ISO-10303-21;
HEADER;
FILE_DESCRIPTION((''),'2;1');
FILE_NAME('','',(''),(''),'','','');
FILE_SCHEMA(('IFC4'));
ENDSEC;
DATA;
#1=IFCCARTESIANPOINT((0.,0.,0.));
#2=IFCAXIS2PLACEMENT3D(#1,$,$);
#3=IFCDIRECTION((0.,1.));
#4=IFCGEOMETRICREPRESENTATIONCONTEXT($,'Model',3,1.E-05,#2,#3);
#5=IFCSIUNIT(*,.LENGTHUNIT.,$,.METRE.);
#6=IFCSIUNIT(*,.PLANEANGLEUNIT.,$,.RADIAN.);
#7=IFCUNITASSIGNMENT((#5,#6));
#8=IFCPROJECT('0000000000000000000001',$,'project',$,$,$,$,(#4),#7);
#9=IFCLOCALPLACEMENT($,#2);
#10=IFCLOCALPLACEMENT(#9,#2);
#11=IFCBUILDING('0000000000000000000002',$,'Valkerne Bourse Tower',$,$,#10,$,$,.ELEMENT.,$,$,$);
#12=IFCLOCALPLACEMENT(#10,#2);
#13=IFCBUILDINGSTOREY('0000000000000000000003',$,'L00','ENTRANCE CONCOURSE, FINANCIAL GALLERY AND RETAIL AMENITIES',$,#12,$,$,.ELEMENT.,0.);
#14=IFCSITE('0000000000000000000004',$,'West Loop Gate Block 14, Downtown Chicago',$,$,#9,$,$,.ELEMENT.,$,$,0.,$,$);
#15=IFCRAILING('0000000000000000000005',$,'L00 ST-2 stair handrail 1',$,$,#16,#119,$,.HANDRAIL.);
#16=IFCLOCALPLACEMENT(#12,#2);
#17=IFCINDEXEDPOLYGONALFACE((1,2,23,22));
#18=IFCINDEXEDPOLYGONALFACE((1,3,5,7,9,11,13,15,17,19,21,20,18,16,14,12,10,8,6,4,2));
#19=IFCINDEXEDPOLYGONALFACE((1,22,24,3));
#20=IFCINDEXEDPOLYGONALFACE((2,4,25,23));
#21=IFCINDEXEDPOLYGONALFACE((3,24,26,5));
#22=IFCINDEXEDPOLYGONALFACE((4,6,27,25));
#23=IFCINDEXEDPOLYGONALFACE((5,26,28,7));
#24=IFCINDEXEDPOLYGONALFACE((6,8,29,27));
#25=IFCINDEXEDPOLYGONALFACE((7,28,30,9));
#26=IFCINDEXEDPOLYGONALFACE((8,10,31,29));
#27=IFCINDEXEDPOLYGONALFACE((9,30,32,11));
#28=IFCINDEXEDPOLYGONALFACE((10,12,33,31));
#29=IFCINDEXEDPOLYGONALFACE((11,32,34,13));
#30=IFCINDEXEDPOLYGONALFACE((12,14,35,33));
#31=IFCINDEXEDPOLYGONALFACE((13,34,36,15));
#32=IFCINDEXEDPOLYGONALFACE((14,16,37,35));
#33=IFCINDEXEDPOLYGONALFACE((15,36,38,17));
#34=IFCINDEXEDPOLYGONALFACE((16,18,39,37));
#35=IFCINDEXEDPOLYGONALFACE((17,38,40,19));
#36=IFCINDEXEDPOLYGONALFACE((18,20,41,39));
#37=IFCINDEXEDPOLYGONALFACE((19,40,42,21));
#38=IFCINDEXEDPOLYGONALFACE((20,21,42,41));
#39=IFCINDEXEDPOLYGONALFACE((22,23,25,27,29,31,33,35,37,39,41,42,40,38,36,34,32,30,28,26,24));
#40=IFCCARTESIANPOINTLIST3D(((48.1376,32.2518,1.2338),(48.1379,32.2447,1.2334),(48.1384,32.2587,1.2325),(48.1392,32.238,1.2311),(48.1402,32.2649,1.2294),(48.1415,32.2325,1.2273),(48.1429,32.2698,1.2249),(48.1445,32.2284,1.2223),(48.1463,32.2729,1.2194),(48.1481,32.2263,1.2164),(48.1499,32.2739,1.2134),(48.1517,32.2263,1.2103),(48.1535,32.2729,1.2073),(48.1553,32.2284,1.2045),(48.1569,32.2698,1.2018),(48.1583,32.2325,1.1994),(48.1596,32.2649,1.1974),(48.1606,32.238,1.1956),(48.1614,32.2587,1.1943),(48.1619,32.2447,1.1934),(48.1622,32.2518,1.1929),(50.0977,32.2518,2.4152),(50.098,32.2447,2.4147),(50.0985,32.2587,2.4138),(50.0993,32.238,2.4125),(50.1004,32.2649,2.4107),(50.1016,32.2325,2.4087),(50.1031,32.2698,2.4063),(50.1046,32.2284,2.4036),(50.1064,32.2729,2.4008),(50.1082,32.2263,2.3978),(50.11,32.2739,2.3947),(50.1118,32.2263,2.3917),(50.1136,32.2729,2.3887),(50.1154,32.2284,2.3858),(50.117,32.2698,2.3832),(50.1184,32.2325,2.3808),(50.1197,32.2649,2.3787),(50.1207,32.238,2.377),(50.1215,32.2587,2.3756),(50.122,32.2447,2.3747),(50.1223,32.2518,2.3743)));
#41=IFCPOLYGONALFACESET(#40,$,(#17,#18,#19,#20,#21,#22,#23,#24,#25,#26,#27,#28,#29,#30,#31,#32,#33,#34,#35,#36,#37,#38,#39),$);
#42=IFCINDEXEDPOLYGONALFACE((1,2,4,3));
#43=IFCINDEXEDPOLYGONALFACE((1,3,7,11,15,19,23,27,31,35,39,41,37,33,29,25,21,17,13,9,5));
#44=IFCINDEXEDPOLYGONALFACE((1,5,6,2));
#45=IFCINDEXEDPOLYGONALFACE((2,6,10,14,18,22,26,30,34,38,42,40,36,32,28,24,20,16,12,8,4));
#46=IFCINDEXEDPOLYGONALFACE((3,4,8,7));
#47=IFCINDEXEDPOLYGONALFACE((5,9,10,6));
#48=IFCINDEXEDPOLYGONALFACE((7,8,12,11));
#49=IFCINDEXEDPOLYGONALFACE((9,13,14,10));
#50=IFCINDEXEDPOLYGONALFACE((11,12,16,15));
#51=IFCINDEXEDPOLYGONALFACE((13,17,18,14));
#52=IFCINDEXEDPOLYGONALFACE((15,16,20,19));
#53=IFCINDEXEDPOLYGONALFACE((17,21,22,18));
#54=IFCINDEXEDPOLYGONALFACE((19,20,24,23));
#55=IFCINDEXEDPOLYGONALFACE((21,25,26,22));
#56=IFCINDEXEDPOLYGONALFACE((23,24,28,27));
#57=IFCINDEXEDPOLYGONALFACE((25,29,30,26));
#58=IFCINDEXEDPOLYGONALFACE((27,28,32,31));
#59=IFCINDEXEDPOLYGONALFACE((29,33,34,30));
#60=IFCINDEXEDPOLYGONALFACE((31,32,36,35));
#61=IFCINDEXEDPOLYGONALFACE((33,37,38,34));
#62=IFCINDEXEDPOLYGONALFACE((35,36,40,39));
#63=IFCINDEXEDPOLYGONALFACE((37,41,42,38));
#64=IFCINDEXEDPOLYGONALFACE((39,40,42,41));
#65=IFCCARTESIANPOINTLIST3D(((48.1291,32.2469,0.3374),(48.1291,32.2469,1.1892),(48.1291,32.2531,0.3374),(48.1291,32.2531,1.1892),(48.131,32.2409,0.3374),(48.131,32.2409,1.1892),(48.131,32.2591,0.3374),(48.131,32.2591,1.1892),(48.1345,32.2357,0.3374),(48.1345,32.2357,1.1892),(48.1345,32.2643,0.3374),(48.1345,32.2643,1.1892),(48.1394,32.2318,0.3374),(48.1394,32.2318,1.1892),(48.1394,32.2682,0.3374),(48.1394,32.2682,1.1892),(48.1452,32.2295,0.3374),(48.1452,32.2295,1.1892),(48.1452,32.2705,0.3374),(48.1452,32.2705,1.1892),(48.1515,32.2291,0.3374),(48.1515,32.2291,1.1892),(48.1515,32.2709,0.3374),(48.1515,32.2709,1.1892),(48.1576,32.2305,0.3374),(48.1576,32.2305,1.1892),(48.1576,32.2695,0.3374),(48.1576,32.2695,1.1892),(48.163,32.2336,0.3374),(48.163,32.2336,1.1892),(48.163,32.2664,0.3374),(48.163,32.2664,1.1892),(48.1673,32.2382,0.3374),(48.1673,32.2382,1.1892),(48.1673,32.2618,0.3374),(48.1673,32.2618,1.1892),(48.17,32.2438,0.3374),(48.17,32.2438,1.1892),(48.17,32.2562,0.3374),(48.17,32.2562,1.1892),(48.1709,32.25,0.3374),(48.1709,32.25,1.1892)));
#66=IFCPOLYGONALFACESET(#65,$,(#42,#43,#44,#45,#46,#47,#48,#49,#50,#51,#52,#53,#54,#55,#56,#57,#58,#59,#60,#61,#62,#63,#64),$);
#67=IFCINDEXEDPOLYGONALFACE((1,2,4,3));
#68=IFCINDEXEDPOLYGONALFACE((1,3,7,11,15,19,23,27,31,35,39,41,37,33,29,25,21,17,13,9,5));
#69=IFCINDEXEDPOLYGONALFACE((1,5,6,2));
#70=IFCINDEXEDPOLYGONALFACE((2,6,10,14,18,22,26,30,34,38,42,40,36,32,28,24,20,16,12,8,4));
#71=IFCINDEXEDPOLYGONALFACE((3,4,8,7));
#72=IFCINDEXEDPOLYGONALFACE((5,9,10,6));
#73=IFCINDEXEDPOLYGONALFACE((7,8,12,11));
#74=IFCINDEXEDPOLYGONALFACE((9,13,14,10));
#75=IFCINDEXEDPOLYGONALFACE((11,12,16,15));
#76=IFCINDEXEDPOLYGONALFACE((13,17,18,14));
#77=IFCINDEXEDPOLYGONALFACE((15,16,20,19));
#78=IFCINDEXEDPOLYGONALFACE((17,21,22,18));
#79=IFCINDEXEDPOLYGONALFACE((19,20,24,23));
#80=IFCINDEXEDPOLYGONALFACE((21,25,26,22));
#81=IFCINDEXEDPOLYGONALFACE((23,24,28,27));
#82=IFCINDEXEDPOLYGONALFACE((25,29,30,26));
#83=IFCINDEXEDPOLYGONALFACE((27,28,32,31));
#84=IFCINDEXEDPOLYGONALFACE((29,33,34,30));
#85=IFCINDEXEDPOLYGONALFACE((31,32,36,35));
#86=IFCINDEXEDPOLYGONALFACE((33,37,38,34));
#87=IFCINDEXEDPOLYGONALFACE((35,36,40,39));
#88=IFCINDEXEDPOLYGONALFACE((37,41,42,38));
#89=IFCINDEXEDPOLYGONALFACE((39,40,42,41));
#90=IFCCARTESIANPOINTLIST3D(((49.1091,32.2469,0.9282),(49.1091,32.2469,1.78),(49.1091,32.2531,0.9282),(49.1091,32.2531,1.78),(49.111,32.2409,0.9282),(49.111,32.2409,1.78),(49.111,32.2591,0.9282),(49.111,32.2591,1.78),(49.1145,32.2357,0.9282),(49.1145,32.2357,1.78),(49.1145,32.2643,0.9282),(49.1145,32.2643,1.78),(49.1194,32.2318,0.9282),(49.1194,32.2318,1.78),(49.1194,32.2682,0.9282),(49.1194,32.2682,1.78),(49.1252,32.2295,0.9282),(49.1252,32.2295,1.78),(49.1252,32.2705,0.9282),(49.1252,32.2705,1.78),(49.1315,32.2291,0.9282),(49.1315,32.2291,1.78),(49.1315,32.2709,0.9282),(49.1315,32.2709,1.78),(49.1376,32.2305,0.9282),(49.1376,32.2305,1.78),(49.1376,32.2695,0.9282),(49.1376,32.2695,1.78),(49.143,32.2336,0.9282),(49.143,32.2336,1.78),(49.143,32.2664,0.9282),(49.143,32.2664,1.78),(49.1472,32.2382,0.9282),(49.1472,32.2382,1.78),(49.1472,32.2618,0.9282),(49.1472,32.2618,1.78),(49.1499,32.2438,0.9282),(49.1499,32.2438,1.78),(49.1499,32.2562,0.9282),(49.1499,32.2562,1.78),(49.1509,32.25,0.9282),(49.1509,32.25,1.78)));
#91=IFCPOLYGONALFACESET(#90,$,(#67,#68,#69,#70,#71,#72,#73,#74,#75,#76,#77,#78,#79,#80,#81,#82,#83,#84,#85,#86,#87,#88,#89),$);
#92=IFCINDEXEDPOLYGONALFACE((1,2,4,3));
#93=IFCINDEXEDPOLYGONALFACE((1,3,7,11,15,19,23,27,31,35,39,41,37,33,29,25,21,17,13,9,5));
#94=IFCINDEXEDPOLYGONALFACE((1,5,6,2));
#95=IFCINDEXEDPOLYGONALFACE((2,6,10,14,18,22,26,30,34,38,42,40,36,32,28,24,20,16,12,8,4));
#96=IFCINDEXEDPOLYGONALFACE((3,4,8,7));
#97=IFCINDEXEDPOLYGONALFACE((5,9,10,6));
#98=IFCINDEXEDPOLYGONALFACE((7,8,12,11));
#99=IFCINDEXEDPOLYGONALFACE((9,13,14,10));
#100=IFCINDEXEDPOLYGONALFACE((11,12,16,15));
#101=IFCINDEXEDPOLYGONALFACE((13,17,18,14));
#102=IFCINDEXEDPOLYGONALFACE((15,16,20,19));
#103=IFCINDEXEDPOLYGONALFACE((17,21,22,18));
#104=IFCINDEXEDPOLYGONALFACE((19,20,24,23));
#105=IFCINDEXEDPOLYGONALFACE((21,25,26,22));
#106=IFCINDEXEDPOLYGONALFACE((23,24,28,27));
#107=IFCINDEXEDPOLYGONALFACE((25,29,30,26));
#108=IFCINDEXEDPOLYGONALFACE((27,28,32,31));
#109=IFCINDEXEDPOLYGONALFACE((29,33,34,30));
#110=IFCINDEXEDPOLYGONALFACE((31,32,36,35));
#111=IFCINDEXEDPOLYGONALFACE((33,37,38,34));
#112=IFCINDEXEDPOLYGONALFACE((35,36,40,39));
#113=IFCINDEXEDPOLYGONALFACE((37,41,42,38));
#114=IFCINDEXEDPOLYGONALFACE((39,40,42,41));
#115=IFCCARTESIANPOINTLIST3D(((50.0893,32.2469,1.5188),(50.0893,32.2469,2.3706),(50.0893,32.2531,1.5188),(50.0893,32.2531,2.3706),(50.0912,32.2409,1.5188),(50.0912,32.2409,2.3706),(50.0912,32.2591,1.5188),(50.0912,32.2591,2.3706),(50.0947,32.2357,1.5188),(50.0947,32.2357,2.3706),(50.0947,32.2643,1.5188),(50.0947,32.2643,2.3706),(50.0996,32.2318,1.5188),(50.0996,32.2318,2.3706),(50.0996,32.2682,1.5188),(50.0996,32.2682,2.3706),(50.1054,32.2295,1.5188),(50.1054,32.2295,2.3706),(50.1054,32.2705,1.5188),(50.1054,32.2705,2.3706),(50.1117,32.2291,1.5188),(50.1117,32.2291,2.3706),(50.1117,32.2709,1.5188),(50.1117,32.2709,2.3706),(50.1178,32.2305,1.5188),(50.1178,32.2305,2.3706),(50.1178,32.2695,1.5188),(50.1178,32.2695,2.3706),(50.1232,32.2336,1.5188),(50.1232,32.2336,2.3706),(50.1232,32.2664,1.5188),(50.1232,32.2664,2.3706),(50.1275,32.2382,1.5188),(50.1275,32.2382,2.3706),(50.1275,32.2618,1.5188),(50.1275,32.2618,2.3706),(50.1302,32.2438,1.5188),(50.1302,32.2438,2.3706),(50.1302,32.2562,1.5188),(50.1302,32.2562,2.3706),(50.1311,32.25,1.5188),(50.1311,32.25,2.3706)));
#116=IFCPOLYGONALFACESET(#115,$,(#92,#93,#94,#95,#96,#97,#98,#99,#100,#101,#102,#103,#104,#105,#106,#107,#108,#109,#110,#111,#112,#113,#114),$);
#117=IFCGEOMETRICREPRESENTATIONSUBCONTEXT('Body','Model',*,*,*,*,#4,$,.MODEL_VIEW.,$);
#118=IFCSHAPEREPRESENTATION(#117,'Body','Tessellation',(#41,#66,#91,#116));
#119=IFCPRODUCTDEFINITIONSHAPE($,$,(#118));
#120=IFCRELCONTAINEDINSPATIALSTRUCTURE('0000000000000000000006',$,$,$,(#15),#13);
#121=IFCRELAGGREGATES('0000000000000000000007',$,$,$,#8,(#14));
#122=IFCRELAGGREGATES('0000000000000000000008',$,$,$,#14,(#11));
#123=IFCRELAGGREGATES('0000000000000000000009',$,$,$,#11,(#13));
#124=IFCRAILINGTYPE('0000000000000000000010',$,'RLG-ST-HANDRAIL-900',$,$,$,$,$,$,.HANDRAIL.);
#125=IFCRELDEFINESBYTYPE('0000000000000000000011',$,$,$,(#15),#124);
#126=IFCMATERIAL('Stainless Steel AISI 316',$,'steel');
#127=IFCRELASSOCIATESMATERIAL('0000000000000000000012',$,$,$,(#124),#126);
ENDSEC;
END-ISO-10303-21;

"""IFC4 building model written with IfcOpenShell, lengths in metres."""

from ifc_helpers import new_model, si_unit, direction, frame, origin, origin_2d, place, context, subcontext, project, spatial, circle, extrude, material, type_object, element, save


model = new_model("IFC4")

# Units and contexts
model_context = context("Model", 3, precision=1e-05, world=origin(), true_north=direction((0.0, 1.0)))
body_context = subcontext(model_context, "Body", "Model", "MODEL_VIEW")
ifc_project = project(units=[si_unit("LENGTHUNIT", "METRE"), si_unit("PLANEANGLEUNIT", "RADIAN")], contexts=[model_context])

# Site, building, storey
site_placement = place(None, origin())
site = spatial("IfcSite", under=ifc_project, at=site_placement, Name="West Loop Gate Block 14, Downtown Chicago", CompositionType="ELEMENT", RefElevation=0.0)
building_placement = place(site_placement, origin())
building = spatial("IfcBuilding", under=site, at=building_placement, Name="Valkerne Bourse Tower", CompositionType="ELEMENT")
storey_placement = place(building_placement, origin())
storey = spatial("IfcBuildingStorey", under=building, at=storey_placement, Name="L00", Description="ENTRANCE CONCOURSE, FINANCIAL GALLERY AND RETAIL AMENITIES", CompositionType="ELEMENT", Elevation=0.0)

# Shared definitions
ifc_material_1 = material(Name="Stainless Steel AISI 316", Category="steel")

# Railing
railing_type_1 = type_object("IfcRailingType", Name="RLG-ST-HANDRAIL-900", PredefinedType="HANDRAIL", material=ifc_material_1)
railing_1_placement = place(storey_placement, frame((48.1499, 32.25, 0.3374)))
element("IfcRailing", 1, at=railing_1_placement, inside=storey, type_object=railing_type_1, Name="L00 ST-2 stair handrail 1", PredefinedType="HANDRAIL", context=body_context, shape_type="SweptSolid", body=[
    extrude(circle(Radius=0.0239, at=origin_2d()), frame((0.0, 0.0, 0.876), z_axis=(0.856475, 0.0, 0.516189), x_axis=(0.0, 1.0, 0.0)), (0.0, 0.0, 1.0), 2.2886),
    extrude(circle(Radius=0.021, at=origin_2d()), origin(), (0.0, 0.0, 1.0), 0.8518),
    extrude(circle(Radius=0.021, at=origin_2d()), frame((0.98, 0.0, 0.5908)), (0.0, 0.0, 1.0), 0.8518),
    extrude(circle(Radius=0.021, at=origin_2d()), frame((1.9602, 0.0, 1.1814)), (0.0, 0.0, 1.0), 0.8518),
])

save(model, "model.ifc")
